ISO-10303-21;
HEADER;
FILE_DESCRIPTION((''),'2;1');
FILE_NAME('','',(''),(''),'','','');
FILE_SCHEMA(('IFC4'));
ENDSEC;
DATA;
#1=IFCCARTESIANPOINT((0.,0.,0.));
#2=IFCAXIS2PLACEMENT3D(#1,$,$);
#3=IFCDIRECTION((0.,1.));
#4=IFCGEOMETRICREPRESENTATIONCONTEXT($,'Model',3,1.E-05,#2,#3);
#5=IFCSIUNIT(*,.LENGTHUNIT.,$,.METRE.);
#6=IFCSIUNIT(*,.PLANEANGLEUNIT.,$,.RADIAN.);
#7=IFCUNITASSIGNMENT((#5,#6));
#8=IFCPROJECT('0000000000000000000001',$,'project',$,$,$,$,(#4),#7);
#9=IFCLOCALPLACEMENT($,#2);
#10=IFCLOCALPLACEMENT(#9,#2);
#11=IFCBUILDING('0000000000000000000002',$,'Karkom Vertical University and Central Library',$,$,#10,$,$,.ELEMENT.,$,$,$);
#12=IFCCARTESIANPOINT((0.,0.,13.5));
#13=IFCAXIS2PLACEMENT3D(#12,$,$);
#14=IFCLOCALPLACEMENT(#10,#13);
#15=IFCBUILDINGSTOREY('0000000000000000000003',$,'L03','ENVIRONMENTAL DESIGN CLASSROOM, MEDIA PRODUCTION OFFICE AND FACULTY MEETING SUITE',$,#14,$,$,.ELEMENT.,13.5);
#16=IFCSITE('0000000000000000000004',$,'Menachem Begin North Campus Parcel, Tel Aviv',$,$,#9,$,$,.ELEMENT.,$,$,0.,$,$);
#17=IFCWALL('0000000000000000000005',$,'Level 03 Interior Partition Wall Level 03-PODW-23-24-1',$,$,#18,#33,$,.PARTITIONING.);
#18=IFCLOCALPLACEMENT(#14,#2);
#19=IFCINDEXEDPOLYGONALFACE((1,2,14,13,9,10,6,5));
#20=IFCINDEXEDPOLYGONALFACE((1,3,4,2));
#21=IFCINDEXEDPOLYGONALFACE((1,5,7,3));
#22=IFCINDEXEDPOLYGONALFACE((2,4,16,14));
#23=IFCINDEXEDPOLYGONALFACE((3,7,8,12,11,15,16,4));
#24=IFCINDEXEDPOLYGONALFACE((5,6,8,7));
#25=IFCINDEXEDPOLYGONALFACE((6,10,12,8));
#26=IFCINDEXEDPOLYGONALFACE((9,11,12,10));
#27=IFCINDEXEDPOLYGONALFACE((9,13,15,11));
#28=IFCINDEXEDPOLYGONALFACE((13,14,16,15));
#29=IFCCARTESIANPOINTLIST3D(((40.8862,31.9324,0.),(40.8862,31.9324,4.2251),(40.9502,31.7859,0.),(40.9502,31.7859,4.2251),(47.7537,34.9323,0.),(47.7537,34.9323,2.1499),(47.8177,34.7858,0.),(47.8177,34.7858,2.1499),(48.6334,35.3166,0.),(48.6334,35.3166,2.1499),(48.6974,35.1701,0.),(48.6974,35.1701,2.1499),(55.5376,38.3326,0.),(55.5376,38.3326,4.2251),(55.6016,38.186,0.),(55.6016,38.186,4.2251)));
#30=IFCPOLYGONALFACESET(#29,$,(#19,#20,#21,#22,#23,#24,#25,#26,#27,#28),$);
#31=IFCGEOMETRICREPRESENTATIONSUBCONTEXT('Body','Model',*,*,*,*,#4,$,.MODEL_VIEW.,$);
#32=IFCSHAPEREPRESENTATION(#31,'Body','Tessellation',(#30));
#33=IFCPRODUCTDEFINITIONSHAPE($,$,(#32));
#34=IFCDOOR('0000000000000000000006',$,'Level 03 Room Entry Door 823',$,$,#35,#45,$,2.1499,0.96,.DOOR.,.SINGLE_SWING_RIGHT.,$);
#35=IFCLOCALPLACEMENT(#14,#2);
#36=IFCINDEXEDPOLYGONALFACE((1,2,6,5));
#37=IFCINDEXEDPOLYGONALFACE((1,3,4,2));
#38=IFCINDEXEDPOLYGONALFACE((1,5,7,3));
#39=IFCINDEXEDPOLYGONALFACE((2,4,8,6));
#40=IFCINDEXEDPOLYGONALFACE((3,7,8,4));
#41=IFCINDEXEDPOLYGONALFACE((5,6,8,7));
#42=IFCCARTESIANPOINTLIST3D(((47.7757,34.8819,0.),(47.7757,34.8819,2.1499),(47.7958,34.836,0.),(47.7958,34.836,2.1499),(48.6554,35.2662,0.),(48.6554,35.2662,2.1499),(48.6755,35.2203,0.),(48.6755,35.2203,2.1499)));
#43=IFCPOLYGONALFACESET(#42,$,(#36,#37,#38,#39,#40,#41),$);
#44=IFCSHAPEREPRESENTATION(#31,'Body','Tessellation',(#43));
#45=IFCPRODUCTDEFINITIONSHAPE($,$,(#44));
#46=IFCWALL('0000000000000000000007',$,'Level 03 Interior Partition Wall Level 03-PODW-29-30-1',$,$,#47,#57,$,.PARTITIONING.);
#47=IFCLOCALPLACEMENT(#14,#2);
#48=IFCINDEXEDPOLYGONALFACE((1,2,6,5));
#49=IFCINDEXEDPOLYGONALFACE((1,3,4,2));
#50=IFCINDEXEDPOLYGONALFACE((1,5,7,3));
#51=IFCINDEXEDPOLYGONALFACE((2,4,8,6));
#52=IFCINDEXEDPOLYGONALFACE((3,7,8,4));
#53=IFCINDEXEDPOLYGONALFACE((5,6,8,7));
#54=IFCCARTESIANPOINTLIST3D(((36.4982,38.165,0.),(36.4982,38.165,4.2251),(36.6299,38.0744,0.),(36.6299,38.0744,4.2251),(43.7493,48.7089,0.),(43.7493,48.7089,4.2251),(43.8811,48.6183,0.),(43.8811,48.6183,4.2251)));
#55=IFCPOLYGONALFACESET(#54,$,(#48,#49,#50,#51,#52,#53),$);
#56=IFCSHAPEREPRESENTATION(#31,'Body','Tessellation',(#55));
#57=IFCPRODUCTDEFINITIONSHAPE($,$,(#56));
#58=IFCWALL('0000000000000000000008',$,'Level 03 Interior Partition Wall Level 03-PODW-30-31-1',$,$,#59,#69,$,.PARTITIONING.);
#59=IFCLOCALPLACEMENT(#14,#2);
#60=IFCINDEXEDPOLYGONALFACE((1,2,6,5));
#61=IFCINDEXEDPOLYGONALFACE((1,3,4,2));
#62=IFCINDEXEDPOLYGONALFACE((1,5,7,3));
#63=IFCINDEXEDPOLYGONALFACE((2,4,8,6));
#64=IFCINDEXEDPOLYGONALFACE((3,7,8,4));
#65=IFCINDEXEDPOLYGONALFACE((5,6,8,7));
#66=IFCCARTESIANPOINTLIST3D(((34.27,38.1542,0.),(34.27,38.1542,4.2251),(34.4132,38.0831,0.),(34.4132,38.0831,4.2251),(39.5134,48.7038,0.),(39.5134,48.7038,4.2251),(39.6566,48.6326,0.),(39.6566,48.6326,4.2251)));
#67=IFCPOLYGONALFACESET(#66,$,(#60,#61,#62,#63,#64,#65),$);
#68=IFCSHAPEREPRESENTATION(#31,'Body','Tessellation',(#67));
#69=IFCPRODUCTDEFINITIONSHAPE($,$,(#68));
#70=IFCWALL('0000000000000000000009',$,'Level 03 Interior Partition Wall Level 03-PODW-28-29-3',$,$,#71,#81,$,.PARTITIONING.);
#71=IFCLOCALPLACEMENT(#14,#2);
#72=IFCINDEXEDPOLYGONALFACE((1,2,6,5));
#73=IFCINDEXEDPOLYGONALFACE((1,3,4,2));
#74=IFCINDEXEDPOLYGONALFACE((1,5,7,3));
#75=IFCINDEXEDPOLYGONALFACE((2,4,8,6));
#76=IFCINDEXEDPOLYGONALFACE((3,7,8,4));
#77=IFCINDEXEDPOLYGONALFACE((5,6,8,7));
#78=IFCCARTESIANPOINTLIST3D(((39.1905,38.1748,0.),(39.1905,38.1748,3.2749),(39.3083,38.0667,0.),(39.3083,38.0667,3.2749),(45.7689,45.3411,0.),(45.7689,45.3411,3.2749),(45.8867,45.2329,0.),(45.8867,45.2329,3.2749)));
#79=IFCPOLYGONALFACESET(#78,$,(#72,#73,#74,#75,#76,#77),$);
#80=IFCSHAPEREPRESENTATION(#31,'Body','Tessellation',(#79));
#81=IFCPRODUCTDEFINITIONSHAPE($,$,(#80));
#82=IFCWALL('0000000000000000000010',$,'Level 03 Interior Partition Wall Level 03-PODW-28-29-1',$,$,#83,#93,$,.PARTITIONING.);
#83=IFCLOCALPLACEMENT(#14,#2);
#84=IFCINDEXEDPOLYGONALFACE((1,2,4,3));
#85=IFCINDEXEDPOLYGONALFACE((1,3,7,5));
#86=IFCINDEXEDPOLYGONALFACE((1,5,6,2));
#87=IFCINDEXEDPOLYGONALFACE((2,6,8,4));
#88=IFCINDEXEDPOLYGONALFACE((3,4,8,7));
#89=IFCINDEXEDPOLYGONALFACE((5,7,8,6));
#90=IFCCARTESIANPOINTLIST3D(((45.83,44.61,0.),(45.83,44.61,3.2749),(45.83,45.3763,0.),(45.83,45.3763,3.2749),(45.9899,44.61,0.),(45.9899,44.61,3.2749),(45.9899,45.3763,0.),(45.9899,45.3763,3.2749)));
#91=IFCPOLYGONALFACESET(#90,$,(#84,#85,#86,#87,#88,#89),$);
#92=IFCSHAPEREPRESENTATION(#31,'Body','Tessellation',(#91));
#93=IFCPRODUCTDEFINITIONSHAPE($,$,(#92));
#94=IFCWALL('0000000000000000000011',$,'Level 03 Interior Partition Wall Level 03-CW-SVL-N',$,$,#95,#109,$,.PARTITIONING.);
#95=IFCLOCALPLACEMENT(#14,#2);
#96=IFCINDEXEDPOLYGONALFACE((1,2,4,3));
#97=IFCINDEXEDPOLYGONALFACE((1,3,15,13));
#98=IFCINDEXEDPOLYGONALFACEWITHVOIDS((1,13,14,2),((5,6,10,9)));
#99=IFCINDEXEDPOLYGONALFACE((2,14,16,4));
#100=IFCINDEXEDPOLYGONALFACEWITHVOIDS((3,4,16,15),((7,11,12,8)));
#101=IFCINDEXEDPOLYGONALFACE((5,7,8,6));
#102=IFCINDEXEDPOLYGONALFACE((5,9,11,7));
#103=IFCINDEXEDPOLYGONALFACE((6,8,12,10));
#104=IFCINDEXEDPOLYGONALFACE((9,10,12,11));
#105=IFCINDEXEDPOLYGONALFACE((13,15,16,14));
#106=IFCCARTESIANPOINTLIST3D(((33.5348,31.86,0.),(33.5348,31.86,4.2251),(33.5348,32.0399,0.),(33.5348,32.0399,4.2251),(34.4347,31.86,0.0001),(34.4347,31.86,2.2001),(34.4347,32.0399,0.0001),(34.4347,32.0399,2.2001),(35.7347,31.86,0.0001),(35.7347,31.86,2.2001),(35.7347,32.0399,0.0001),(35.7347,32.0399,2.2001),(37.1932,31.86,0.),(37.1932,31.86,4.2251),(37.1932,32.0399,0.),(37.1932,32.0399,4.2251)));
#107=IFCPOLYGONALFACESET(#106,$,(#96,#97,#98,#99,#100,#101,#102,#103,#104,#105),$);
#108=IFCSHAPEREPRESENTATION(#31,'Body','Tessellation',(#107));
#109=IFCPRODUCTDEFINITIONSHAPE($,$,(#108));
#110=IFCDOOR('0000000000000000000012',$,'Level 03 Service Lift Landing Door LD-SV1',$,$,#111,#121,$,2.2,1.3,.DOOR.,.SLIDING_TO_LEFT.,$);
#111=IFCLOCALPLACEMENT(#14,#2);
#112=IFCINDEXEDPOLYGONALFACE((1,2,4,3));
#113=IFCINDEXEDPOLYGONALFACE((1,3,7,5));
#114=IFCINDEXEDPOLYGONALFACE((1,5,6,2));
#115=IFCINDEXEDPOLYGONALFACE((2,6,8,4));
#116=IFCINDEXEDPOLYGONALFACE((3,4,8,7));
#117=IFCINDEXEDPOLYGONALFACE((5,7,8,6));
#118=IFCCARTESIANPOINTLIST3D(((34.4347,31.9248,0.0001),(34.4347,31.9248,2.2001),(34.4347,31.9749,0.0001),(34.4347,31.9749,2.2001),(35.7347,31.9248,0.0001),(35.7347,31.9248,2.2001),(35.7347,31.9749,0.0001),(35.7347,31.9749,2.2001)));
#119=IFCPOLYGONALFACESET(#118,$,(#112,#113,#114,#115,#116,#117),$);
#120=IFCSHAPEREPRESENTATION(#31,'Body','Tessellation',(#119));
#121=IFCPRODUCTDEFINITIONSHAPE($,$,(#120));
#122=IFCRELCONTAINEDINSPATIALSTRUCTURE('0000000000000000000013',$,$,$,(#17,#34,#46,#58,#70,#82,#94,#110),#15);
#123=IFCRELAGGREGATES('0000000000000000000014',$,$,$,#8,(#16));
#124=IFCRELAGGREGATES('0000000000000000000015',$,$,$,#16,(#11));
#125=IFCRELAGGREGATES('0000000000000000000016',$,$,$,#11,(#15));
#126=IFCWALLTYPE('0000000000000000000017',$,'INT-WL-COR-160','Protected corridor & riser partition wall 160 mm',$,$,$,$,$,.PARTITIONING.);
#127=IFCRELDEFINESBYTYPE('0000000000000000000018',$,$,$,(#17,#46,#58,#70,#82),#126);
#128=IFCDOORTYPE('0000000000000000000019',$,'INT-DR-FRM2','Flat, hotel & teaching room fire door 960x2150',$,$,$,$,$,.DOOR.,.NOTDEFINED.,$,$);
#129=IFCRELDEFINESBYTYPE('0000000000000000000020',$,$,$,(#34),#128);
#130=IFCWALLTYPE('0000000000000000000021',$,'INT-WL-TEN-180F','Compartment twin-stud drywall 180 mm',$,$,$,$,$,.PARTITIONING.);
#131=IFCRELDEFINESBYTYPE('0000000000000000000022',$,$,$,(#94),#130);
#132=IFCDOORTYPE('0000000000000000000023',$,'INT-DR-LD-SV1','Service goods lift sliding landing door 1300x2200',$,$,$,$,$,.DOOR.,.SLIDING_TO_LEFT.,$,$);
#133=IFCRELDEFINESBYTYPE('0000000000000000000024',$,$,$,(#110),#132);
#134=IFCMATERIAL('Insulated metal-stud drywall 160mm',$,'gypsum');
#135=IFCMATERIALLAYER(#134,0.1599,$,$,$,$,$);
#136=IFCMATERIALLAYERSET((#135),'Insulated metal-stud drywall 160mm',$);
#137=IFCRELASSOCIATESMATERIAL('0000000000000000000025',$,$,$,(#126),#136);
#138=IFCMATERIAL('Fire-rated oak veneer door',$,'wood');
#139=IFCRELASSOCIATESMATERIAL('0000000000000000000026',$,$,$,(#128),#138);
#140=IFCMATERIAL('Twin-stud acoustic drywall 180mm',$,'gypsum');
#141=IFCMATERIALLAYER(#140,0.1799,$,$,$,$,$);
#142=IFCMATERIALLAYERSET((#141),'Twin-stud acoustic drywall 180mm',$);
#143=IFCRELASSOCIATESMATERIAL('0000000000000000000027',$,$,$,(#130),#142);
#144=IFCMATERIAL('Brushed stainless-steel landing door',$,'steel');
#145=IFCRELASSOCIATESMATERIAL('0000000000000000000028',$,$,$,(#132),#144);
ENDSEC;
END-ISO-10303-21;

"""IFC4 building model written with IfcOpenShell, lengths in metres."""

from ifc_helpers import new_model, si_unit, direction, frame, frame_2d, origin, origin_with_axes, place, context, subcontext, project, spatial, rectangle, extrude, source, transform, mapped, material, layer, layer_set, type_object, element, fill, save


model = new_model("IFC4")

# Units and contexts
model_context = context("Model", 3, precision=1e-05, world=origin(), true_north=direction((0.0, 1.0)))
body_context = subcontext(model_context, "Body", "Model", "MODEL_VIEW")
ifc_project = project(units=[si_unit("LENGTHUNIT", "METRE"), si_unit("PLANEANGLEUNIT", "RADIAN")], contexts=[model_context])

# Site, building, storey
site_placement = place(None, origin())
site = spatial("IfcSite", under=ifc_project, at=site_placement, Name="Menachem Begin North Campus Parcel, Tel Aviv", CompositionType="ELEMENT", RefElevation=0.0)
building_placement = place(site_placement, origin())
building = spatial("IfcBuilding", under=site, at=building_placement, Name="Karkom Vertical University and Central Library", CompositionType="ELEMENT")
storey_placement = place(building_placement, frame((0.0, 0.0, 13.5)))
storey = spatial("IfcBuildingStorey", under=building, at=storey_placement, Name="L03", Description="ENVIRONMENTAL DESIGN CLASSROOM, MEDIA PRODUCTION OFFICE AND FACULTY MEETING SUITE", CompositionType="ELEMENT", Elevation=13.5)

# Shared definitions
ifc_material_1 = material(Name="Insulated metal-stud drywall 160mm", Category="gypsum")
ifc_layer_1 = layer(ifc_material_1, 0.1599)
ifc_layer_set_1 = layer_set([ifc_layer_1], Name="Insulated metal-stud drywall 160mm")
wall_type_1 = type_object("IfcWallType", Name="INT-WL-COR-160", Description="Protected corridor & riser partition wall 160 mm", PredefinedType="PARTITIONING", material=ifc_layer_set_1)
ifc_material_2 = material(Name="Fire-rated oak veneer door", Category="wood")
door_type_1 = type_object("IfcDoorType", Name="INT-DR-FRM2", Description="Flat, hotel & teaching room fire door 960x2150", OperationType="NOTDEFINED", PredefinedType="DOOR", material=ifc_material_2)
shared_shape_1 = source(origin_with_axes(), body_context, "Body", "SweptSolid", [
    extrude(rectangle(XDim=0.96, YDim=2.1499, at=frame_2d((0.48, 1.075))), frame((0.0, 0.0249, 0.0), z_axis=(0.0, -1.0, 0.0), x_axis=(1.0, 0.0, 0.0)), (0.0, 0.0, 1.0), 0.05),
])

# Wall, opening, door
wall_1_placement = place(storey_placement, frame((40.9182, 31.8591, 0.0), z_axis=(0.0, 0.0, 1.0), x_axis=(0.916383, 0.400303, 0.0)))
wall_1 = element("IfcWall", 1, at=wall_1_placement, inside=storey, type_object=wall_type_1, Name="Level 03 Interior Partition Wall Level 03-PODW-23-24-1", PredefinedType="PARTITIONING", context=body_context, shape_type="SweptSolid", body=[
    extrude(rectangle(XDim=15.9883, YDim=0.1599, at=frame_2d((7.9941, 0.0))), origin(), (0.0, 0.0, 1.0), 4.2251),
])
opening_1_placement = place(wall_1_placement, frame((7.4941, 0.0, 0.0)))
opening_1 = element("IfcOpeningElement", 2, at=opening_1_placement, cuts=wall_1, PredefinedType="OPENING", context=body_context, shape_type="SweptSolid", body=[
    extrude(rectangle(XDim=0.96, YDim=2.1499, at=frame_2d((0.48, 1.075))), frame((0.0, 0.0898, 0.0), z_axis=(0.0, -1.0, 0.0), x_axis=(1.0, 0.0, 0.0)), (0.0, 0.0, 1.0), 0.1799),
])
door_1_placement = place(opening_1_placement, origin())
door_1 = element("IfcDoor", 3, at=door_1_placement, inside=storey, type_object=door_type_1, Name="Level 03 Room Entry Door 823", OperationType="SINGLE_SWING_RIGHT", OverallHeight=2.1499, OverallWidth=0.96, PredefinedType="DOOR", context=body_context, shape_type="MappedRepresentation", body=[
    mapped(shared_shape_1, transform((0.0, 0.0, 0.0), scale=1.0)),
])
fill(opening_1, door_1)

# Walls
wall_2_placement = place(storey_placement, frame((36.564, 38.1196, 0.0), z_axis=(0.0, 0.0, 1.0), x_axis=(0.566649, 0.82396, 0.0)))
element("IfcWall", 4, at=wall_2_placement, inside=storey, type_object=wall_type_1, Name="Level 03 Interior Partition Wall Level 03-PODW-29-30-1", PredefinedType="PARTITIONING", context=body_context, shape_type="SweptSolid", body=[
    extrude(rectangle(XDim=12.7966, YDim=0.1599, at=frame_2d((6.3984, 0.0))), origin(), (0.0, 0.0, 1.0), 4.2251),
])
wall_3_placement = place(storey_placement, frame((34.3416, 38.1187, 0.0), z_axis=(0.0, 0.0, 1.0), x_axis=(0.445082, 0.89549, 0.0)))
element("IfcWall", 5, at=wall_3_placement, inside=storey, type_object=wall_type_1, Name="Level 03 Interior Partition Wall Level 03-PODW-30-31-1", PredefinedType="PARTITIONING", context=body_context, shape_type="SweptSolid", body=[
    extrude(rectangle(XDim=11.7808, YDim=0.1599, at=frame_2d((5.8904, 0.0))), origin(), (0.0, 0.0, 1.0), 4.2251),
])
wall_4_placement = place(storey_placement, frame((39.2495, 38.1208, 0.0), z_axis=(0.0, 0.0, 1.0), x_axis=(0.676244, 0.736678, 0.0)))
element("IfcWall", 6, at=wall_4_placement, inside=storey, type_object=wall_type_1, Name="Level 03 Interior Partition Wall Level 03-PODW-28-29-3", PredefinedType="PARTITIONING", context=body_context, shape_type="SweptSolid", body=[
    extrude(rectangle(XDim=9.7278, YDim=0.1599, at=frame_2d((4.8638, 0.0))), origin(), (0.0, 0.0, 1.0), 3.2749),
])
wall_5_placement = place(storey_placement, frame((45.9099, 45.3765, 0.0), z_axis=(0.0, 0.0, 1.0), x_axis=(0.0, -1.0, 0.0)))
element("IfcWall", 7, at=wall_5_placement, inside=storey, type_object=wall_type_1, Name="Level 03 Interior Partition Wall Level 03-PODW-28-29-1", PredefinedType="PARTITIONING", context=body_context, shape_type="SweptSolid", body=[
    extrude(rectangle(XDim=0.7664, YDim=0.1599, at=frame_2d((0.3833, 0.0))), origin(), (0.0, 0.0, 1.0), 3.2749),
])

# Wall, opening, door
ifc_material_3 = material(Name="Twin-stud acoustic drywall 180mm", Category="gypsum")
ifc_layer_2 = layer(ifc_material_3, 0.1799)
ifc_layer_set_2 = layer_set([ifc_layer_2], Name="Twin-stud acoustic drywall 180mm")
wall_type_2 = type_object("IfcWallType", Name="INT-WL-TEN-180F", Description="Compartment twin-stud drywall 180 mm", PredefinedType="PARTITIONING", material=ifc_layer_set_2)
wall_6_placement = place(storey_placement, frame((33.5349, 31.95, 0.0), z_axis=(0.0, 0.0, 1.0), x_axis=(1.0, 0.0, 0.0)))
wall_6 = element("IfcWall", 8, at=wall_6_placement, inside=storey, type_object=wall_type_2, Name="Level 03 Interior Partition Wall Level 03-CW-SVL-N", PredefinedType="PARTITIONING", context=body_context, shape_type="SweptSolid", body=[
    extrude(rectangle(XDim=3.6584, YDim=0.1799, at=frame_2d((1.8291, 0.0))), origin(), (0.0, 0.0, 1.0), 4.2251),
])
opening_2_placement = place(wall_6_placement, frame((0.8999, 0.0, 0.0)))
opening_2 = element("IfcOpeningElement", 9, at=opening_2_placement, cuts=wall_6, PredefinedType="OPENING", context=body_context, shape_type="SweptSolid", body=[
    extrude(rectangle(XDim=1.3, YDim=2.2, at=frame_2d((0.6499, 1.1001))), frame((0.0, 0.1001, 0.0), z_axis=(0.0, -1.0, 0.0), x_axis=(1.0, 0.0, 0.0)), (0.0, 0.0, 1.0), 0.2),
])
ifc_material_4 = material(Name="Brushed stainless-steel landing door", Category="steel")
door_type_2 = type_object("IfcDoorType", Name="INT-DR-LD-SV1", Description="Service goods lift sliding landing door 1300x2200", OperationType="SLIDING_TO_LEFT", PredefinedType="DOOR", material=ifc_material_4)
shared_shape_2 = source(origin_with_axes(), body_context, "Body", "SweptSolid", [
    extrude(rectangle(XDim=1.3, YDim=2.2, at=frame_2d((0.6499, 1.1001))), frame((0.0, 0.0249, 0.0), z_axis=(0.0, -1.0, 0.0), x_axis=(1.0, 0.0, 0.0)), (0.0, 0.0, 1.0), 0.05),
])
door_2_placement = place(opening_2_placement, origin())
door_2 = element("IfcDoor", 10, at=door_2_placement, inside=storey, type_object=door_type_2, Name="Level 03 Service Lift Landing Door LD-SV1", OperationType="SLIDING_TO_LEFT", OverallHeight=2.2, OverallWidth=1.3, PredefinedType="DOOR", context=body_context, shape_type="MappedRepresentation", body=[
    mapped(shared_shape_2, transform((0.0, 0.0, 0.0), scale=1.0)),
])
fill(opening_2, door_2)

save(model, "model.ifc")
